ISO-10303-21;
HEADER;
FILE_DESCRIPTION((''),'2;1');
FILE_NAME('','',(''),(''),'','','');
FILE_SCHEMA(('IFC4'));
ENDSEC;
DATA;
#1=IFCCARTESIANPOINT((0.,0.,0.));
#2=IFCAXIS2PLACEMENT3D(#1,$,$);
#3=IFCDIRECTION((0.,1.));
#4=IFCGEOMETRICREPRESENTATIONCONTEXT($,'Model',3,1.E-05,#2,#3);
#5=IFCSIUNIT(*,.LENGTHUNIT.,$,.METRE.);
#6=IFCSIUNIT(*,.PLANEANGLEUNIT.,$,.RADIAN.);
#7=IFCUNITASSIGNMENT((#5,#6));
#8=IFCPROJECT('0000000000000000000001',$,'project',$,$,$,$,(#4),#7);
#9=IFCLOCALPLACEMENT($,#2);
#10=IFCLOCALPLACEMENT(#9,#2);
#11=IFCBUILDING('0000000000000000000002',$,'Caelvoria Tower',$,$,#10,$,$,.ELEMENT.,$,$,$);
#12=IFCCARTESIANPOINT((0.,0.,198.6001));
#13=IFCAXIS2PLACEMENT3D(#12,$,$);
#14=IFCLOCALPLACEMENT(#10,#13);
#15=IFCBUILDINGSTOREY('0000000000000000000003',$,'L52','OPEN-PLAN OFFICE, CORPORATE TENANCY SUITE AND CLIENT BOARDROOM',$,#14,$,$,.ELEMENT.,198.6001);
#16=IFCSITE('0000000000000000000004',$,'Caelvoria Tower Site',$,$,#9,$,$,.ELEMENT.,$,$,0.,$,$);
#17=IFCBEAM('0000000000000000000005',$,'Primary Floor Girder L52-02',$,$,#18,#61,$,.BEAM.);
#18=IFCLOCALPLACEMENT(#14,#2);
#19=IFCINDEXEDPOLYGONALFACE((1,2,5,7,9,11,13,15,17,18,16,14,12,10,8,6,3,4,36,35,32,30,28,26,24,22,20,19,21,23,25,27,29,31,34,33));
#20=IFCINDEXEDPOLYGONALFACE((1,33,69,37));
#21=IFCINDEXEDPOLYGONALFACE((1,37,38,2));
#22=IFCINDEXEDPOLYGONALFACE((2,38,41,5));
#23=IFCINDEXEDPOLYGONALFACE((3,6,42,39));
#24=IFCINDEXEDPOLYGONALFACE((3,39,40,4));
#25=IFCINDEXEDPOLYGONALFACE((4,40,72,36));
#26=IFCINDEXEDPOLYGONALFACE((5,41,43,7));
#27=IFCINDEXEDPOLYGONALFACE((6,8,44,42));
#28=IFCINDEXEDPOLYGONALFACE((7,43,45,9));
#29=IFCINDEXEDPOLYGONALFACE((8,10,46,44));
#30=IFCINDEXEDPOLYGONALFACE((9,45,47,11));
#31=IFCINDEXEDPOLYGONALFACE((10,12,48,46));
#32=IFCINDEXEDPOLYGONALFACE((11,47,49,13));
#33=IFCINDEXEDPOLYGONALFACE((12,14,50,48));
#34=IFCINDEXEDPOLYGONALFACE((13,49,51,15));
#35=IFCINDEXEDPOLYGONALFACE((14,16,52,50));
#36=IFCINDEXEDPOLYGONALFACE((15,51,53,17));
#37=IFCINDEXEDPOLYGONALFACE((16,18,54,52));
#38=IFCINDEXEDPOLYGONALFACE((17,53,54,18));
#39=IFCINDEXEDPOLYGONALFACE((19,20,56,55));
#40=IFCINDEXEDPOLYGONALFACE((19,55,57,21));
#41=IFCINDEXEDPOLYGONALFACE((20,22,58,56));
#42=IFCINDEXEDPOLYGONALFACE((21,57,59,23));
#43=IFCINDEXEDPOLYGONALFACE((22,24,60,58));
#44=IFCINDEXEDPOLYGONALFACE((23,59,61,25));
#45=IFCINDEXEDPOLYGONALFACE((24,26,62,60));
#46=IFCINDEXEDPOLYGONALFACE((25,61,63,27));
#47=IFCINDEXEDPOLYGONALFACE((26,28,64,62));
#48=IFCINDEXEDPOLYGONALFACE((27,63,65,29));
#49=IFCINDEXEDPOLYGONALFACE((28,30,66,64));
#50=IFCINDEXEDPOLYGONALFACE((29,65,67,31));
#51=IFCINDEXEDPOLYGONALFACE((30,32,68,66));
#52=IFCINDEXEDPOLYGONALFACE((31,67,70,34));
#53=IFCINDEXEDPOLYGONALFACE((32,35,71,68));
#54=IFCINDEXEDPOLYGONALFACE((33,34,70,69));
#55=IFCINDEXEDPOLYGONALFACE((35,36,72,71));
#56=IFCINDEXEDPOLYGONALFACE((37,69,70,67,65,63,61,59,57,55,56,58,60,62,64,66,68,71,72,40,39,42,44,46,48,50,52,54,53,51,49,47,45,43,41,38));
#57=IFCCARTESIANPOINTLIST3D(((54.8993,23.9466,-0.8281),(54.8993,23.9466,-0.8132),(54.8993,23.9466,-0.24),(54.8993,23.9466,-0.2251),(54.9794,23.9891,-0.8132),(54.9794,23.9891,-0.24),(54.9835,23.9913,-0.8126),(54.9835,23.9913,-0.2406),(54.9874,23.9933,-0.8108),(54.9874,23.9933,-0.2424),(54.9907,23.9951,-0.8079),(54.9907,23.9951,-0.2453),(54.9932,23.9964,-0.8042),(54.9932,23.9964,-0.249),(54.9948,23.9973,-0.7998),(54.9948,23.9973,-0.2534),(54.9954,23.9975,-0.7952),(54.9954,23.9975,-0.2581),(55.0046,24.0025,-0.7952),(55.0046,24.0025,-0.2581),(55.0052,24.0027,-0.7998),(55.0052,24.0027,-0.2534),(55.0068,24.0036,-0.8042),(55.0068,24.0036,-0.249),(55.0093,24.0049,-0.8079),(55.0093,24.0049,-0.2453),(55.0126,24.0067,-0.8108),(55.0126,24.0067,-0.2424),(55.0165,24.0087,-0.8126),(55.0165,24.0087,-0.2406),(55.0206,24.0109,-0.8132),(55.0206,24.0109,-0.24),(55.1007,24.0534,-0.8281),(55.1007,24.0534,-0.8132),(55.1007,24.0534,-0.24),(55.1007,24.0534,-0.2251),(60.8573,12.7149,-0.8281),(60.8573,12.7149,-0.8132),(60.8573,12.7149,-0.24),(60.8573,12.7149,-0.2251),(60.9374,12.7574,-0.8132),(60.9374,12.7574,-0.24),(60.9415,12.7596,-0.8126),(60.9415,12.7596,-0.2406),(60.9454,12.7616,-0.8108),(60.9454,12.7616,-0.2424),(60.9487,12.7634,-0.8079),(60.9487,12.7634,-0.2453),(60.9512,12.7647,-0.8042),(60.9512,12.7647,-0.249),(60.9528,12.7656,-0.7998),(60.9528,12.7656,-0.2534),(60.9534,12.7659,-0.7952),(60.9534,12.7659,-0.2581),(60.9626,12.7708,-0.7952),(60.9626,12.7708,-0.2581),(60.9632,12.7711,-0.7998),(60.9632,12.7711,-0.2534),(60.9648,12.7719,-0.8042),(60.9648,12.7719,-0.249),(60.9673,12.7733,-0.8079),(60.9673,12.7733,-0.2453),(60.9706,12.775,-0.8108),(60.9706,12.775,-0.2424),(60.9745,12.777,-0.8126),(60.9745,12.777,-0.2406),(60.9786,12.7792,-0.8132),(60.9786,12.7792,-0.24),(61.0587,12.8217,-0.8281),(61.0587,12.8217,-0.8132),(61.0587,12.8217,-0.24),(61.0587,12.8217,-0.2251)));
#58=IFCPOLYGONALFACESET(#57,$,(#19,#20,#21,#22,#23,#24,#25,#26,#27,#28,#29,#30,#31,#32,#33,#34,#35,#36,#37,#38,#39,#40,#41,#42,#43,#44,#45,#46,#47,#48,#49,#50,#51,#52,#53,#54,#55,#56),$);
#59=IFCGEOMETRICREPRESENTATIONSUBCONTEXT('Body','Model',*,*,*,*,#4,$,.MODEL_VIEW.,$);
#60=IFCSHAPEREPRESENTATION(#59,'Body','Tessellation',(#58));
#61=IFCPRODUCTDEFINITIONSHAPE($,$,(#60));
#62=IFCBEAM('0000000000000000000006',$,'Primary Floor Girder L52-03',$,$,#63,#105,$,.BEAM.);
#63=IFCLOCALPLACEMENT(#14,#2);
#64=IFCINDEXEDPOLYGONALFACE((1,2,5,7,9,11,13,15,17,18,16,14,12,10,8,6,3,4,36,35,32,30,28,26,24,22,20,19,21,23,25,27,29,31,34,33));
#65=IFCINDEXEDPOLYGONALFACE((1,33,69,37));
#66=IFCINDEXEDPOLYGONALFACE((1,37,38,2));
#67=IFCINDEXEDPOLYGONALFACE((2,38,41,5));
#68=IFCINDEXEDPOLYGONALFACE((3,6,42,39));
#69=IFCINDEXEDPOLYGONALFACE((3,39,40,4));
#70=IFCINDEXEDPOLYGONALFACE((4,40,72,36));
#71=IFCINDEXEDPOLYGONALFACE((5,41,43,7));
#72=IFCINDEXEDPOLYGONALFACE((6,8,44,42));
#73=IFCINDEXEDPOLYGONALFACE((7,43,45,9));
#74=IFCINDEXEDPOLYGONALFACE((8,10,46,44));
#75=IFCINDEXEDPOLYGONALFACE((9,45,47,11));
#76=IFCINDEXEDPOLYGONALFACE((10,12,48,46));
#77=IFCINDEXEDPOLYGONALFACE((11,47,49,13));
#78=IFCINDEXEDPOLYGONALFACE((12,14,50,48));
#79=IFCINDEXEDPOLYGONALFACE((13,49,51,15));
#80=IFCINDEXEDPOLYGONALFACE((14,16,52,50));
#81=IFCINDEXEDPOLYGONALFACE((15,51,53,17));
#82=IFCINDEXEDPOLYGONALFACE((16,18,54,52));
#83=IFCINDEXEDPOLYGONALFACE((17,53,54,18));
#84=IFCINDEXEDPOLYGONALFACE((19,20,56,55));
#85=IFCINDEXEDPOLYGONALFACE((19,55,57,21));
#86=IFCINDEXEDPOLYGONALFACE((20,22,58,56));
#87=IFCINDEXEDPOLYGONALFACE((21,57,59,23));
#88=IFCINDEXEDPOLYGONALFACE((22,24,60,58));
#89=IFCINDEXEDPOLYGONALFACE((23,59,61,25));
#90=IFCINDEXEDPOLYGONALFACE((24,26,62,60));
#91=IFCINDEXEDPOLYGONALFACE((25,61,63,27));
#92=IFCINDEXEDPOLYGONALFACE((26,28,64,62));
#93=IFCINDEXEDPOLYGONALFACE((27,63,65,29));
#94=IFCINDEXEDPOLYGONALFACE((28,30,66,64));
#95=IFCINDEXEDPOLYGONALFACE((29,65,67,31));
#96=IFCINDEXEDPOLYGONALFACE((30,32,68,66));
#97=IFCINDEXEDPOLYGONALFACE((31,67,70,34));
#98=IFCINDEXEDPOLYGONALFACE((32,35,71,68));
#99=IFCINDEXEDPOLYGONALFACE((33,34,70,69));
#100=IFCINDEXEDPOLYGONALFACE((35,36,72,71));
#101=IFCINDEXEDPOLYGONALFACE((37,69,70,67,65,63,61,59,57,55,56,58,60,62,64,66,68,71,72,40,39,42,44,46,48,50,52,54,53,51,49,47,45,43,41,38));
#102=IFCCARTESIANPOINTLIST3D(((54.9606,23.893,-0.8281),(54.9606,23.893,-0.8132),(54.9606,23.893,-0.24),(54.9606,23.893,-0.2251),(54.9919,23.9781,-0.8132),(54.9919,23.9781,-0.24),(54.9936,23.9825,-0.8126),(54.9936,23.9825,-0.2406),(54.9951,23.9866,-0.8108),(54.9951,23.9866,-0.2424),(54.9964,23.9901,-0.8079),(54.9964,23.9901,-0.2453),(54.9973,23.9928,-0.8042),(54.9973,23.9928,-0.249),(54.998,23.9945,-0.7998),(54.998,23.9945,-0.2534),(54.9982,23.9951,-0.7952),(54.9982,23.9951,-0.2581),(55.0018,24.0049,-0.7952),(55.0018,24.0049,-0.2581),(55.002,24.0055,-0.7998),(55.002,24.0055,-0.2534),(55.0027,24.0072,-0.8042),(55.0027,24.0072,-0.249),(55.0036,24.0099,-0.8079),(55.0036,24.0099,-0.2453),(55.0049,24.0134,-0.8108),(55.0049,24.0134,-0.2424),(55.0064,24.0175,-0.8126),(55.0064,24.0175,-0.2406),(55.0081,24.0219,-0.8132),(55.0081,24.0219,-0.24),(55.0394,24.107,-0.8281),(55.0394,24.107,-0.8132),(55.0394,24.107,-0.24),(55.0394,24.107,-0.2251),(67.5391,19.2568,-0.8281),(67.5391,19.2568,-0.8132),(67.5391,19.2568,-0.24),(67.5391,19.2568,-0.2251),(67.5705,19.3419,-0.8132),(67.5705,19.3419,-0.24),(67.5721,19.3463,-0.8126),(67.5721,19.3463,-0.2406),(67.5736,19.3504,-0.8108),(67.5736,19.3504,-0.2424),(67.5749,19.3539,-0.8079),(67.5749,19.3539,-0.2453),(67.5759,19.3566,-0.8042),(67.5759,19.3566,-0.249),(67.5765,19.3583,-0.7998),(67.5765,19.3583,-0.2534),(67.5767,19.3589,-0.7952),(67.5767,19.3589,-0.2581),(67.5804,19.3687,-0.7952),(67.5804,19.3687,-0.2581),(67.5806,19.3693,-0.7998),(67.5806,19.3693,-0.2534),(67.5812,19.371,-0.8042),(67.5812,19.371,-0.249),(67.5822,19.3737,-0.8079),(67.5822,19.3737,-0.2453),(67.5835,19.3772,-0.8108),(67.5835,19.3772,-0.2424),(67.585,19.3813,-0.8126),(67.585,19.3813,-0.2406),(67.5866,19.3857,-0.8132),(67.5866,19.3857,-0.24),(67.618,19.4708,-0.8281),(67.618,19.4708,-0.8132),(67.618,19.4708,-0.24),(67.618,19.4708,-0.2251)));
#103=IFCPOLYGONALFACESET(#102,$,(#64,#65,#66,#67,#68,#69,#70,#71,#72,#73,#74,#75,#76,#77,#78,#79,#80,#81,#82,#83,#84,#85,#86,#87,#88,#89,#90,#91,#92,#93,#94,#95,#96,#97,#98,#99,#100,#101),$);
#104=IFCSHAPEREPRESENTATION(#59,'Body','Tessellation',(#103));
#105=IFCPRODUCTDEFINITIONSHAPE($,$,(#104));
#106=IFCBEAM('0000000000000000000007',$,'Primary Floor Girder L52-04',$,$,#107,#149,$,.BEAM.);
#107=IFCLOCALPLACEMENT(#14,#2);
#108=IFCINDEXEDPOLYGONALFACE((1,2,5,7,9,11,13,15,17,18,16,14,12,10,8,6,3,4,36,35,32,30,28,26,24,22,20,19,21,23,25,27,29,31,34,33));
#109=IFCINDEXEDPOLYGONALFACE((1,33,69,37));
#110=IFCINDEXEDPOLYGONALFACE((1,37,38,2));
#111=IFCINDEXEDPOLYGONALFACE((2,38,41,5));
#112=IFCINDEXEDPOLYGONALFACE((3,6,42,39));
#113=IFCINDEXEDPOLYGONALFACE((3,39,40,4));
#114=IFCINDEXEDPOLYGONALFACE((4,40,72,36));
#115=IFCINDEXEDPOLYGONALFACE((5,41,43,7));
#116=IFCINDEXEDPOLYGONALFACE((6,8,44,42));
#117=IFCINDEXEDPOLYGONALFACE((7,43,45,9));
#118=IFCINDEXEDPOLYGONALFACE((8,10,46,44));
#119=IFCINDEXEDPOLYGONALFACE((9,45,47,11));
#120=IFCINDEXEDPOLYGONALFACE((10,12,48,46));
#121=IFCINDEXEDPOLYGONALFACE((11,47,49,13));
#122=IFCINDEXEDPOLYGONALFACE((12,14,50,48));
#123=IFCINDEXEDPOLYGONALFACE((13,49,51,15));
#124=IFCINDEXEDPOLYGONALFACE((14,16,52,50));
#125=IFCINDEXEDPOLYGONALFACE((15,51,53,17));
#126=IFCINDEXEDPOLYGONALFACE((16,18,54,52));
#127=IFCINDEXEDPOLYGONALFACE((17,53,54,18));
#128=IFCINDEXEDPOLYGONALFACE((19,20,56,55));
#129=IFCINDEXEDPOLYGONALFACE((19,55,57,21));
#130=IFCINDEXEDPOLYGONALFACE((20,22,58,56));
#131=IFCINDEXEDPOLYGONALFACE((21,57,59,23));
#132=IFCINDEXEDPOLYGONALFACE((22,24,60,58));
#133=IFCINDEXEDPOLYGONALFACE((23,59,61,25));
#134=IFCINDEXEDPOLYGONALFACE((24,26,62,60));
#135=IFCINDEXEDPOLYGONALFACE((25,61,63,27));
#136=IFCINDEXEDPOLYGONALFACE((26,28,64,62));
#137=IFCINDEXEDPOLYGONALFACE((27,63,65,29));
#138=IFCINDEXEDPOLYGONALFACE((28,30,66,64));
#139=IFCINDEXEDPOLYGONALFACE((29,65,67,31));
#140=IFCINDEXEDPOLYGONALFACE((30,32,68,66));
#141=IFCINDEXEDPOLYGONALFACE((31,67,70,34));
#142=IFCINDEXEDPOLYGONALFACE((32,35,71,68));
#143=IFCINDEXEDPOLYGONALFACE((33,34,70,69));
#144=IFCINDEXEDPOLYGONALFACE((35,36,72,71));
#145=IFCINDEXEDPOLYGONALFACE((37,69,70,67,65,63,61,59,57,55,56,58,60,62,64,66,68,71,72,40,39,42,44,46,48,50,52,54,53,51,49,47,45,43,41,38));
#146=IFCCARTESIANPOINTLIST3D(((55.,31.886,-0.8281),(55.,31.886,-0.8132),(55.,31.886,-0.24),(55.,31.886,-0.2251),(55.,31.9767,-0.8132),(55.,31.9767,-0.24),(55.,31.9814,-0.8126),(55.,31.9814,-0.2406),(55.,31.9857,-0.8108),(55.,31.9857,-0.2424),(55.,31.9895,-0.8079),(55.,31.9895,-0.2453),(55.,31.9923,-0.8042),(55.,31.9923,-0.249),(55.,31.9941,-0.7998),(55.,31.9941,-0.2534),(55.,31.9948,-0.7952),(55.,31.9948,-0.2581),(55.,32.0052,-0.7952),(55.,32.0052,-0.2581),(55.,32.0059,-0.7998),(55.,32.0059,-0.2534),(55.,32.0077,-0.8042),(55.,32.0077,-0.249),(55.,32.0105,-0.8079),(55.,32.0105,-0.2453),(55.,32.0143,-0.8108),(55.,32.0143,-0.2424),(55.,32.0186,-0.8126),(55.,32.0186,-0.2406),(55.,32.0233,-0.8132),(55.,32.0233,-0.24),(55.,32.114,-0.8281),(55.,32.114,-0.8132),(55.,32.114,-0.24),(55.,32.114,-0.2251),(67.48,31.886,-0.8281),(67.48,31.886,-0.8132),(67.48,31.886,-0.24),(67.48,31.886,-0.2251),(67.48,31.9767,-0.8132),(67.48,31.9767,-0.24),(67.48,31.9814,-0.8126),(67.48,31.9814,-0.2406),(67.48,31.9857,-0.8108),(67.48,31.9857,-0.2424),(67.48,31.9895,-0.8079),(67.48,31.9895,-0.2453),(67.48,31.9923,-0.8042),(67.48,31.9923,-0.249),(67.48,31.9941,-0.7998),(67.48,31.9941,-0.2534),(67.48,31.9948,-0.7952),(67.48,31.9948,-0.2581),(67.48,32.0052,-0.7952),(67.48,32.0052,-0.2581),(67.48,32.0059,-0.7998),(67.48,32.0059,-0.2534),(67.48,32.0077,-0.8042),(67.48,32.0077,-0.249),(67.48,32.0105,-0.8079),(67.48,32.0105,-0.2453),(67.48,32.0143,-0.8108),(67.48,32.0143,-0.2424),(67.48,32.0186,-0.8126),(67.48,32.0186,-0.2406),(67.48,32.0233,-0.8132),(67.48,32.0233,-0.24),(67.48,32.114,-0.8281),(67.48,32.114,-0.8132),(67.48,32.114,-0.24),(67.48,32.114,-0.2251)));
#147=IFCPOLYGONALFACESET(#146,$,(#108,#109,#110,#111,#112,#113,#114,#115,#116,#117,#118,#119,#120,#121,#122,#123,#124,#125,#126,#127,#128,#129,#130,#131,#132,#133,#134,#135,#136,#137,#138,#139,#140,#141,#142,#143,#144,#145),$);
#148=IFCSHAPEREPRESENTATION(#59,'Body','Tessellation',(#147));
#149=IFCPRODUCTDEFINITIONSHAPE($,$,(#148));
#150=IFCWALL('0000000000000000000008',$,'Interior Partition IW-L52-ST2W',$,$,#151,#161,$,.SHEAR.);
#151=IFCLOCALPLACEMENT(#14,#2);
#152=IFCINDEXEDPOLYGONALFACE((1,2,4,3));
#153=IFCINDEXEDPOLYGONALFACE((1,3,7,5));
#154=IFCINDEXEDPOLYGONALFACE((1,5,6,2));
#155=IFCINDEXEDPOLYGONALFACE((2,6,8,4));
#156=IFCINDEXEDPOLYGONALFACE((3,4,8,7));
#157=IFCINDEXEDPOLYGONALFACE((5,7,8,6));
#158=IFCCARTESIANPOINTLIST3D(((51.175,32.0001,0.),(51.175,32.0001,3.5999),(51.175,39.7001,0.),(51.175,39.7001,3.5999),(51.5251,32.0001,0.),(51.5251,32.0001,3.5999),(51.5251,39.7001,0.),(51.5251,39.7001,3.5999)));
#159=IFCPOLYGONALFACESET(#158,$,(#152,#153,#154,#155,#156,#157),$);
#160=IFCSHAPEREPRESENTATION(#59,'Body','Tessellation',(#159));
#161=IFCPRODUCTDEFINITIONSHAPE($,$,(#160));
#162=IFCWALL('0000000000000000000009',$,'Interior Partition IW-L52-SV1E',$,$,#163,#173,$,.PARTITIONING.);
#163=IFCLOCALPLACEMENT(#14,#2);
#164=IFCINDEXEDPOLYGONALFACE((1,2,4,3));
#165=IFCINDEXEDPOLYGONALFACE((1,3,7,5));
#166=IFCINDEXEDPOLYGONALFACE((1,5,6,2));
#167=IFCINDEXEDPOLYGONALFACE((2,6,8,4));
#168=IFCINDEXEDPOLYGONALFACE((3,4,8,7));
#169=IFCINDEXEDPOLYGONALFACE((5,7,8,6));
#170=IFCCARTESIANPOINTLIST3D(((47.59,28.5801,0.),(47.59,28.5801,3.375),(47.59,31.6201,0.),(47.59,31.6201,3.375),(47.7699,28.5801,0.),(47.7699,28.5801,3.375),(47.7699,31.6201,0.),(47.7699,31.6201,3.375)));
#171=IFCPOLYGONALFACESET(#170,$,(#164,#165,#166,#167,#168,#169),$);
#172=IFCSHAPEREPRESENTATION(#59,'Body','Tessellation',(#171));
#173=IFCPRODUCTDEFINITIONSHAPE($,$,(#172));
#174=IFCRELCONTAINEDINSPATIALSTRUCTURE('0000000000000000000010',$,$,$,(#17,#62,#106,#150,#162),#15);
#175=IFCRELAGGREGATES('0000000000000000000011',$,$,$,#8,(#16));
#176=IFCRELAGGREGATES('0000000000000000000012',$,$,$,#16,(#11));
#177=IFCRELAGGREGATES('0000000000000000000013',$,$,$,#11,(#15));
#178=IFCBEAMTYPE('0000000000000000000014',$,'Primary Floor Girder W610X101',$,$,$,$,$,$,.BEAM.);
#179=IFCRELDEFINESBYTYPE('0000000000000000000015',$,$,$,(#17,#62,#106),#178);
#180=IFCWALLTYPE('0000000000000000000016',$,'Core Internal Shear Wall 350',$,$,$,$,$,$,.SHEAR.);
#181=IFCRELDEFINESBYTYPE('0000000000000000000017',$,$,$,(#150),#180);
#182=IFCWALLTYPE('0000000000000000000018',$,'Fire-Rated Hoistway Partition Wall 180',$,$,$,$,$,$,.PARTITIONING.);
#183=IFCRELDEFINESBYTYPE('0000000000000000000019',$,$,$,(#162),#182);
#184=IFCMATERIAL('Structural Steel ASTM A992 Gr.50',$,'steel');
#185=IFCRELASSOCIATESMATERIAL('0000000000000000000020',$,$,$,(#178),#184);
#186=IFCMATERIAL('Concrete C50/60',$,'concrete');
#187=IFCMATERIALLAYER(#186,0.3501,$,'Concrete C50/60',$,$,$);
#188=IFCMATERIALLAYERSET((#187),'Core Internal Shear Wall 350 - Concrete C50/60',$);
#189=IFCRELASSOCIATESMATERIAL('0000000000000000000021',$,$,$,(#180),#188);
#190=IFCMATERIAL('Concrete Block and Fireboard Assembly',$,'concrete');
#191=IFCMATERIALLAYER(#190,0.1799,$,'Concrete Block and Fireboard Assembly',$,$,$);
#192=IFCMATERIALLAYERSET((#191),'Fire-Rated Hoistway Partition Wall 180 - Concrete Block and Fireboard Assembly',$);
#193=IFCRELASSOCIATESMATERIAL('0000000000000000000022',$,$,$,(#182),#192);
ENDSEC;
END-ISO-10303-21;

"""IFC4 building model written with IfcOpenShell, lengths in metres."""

from ifc_helpers import new_model, si_unit, direction, frame, frame_2d, origin, origin_2d, place, context, subcontext, project, spatial, rectangle, i_section, extrude, material, layer, layer_set, material_profile, profile_set, type_object, element, save


model = new_model("IFC4")

# Units and contexts
model_context = context("Model", 3, precision=1e-05, world=origin(), true_north=direction((0.0, 1.0)))
body_context = subcontext(model_context, "Body", "Model", "MODEL_VIEW")
ifc_project = project(units=[si_unit("LENGTHUNIT", "METRE"), si_unit("PLANEANGLEUNIT", "RADIAN")], contexts=[model_context])

# Site, building, storey
site_placement = place(None, origin())
site = spatial("IfcSite", under=ifc_project, at=site_placement, Name="Caelvoria Tower Site", CompositionType="ELEMENT", RefElevation=0.0)
building_placement = place(site_placement, origin())
building = spatial("IfcBuilding", under=site, at=building_placement, Name="Caelvoria Tower", CompositionType="ELEMENT")
storey_placement = place(building_placement, frame((0.0, 0.0, 198.6001)))
storey = spatial("IfcBuildingStorey", under=building, at=storey_placement, Name="L52", Description="OPEN-PLAN OFFICE, CORPORATE TENANCY SUITE AND CLIENT BOARDROOM", CompositionType="ELEMENT", Elevation=198.6001)

# Beams
ifc_material_1 = material(Name="Structural Steel ASTM A992 Gr.50", Category="steel")
ifc_material_profile = material_profile(ifc_material_1, i_section(OverallWidth=0.228, OverallDepth=0.603, WebThickness=0.0105, FlangeThickness=0.0149, FilletRadius=0.0181, at=origin_2d()), Name="Structural Steel ASTM A992 Gr.50")
ifc_profile_set = profile_set([ifc_material_profile], Name="W610X101 - Structural Steel ASTM A992 Gr.50")
beam_type = type_object("IfcBeamType", Name="Primary Floor Girder W610X101", PredefinedType="BEAM", material=ifc_profile_set)
beam_1_placement = place(storey_placement, frame((55.0, 24.0, -0.5266), z_axis=(0.468614, -0.883403, 0.0), x_axis=(0.883403, 0.468614, 0.0)))
element("IfcBeam", 1, at=beam_1_placement, inside=storey, type_object=beam_type, Name="Primary Floor Girder L52-02", PredefinedType="BEAM", context=body_context, shape_type="SweptSolid", body=[
    extrude(i_section(OverallWidth=0.228, OverallDepth=0.603, WebThickness=0.0105, FlangeThickness=0.0149, FilletRadius=0.0181, at=origin_2d()), origin(), (0.0, 0.0, 1.0), 12.7141),
])
beam_2_placement = place(storey_placement, frame((55.0, 24.0, -0.5266), z_axis=(0.938295, -0.345837, 0.0), x_axis=(0.345837, 0.938295, 0.0)))
element("IfcBeam", 2, at=beam_2_placement, inside=storey, type_object=beam_type, Name="Primary Floor Girder L52-03", PredefinedType="BEAM", context=body_context, shape_type="SweptSolid", body=[
    extrude(i_section(OverallWidth=0.228, OverallDepth=0.603, WebThickness=0.0105, FlangeThickness=0.0149, FilletRadius=0.0181, at=origin_2d()), origin(), (0.0, 0.0, 1.0), 13.4058),
])
beam_3_placement = place(storey_placement, frame((55.0, 32.0, -0.5266), z_axis=(1.0, 0.0, 0.0), x_axis=(0.0, 1.0, 0.0)))
element("IfcBeam", 3, at=beam_3_placement, inside=storey, type_object=beam_type, Name="Primary Floor Girder L52-04", PredefinedType="BEAM", context=body_context, shape_type="SweptSolid", body=[
    extrude(i_section(OverallWidth=0.228, OverallDepth=0.603, WebThickness=0.0105, FlangeThickness=0.0149, FilletRadius=0.0181, at=origin_2d()), origin(), (0.0, 0.0, 1.0), 12.48),
])

# Wall
ifc_material_2 = material(Name="Concrete C50/60", Category="concrete")
ifc_layer_1 = layer(ifc_material_2, 0.3501, Name="Concrete C50/60")
ifc_layer_set_1 = layer_set([ifc_layer_1], Name="Core Internal Shear Wall 350 - Concrete C50/60")
wall_type_1 = type_object("IfcWallType", Name="Core Internal Shear Wall 350", PredefinedType="SHEAR", material=ifc_layer_set_1)
wall_1_placement = place(storey_placement, frame((51.3501, 32.0, 0.0), z_axis=(0.0, 0.0, 1.0), x_axis=(0.0, 1.0, 0.0)))
element("IfcWall", 4, at=wall_1_placement, inside=storey, type_object=wall_type_1, Name="Interior Partition IW-L52-ST2W", PredefinedType="SHEAR", context=body_context, shape_type="SweptSolid", body=[
    extrude(rectangle(XDim=7.7, YDim=0.3501, at=frame_2d((3.8501, 0.0))), origin(), (0.0, 0.0, 1.0), 3.5999),
])

# Wall
ifc_material_3 = material(Name="Concrete Block and Fireboard Assembly", Category="concrete")
ifc_layer_2 = layer(ifc_material_3, 0.1799, Name="Concrete Block and Fireboard Assembly")
ifc_layer_set_2 = layer_set([ifc_layer_2], Name="Fire-Rated Hoistway Partition Wall 180 - Concrete Block and Fireboard Assembly")
wall_type_2 = type_object("IfcWallType", Name="Fire-Rated Hoistway Partition Wall 180", PredefinedType="PARTITIONING", material=ifc_layer_set_2)
wall_2_placement = place(storey_placement, frame((47.6799, 28.5801, 0.0), z_axis=(0.0, 0.0, 1.0), x_axis=(0.0, 1.0, 0.0)))
element("IfcWall", 5, at=wall_2_placement, inside=storey, type_object=wall_type_2, Name="Interior Partition IW-L52-SV1E", PredefinedType="PARTITIONING", context=body_context, shape_type="SweptSolid", body=[
    extrude(rectangle(XDim=3.04, YDim=0.1799, at=frame_2d((1.52, 0.0))), origin(), (0.0, 0.0, 1.0), 3.375),
])

save(model, "model.ifc")
